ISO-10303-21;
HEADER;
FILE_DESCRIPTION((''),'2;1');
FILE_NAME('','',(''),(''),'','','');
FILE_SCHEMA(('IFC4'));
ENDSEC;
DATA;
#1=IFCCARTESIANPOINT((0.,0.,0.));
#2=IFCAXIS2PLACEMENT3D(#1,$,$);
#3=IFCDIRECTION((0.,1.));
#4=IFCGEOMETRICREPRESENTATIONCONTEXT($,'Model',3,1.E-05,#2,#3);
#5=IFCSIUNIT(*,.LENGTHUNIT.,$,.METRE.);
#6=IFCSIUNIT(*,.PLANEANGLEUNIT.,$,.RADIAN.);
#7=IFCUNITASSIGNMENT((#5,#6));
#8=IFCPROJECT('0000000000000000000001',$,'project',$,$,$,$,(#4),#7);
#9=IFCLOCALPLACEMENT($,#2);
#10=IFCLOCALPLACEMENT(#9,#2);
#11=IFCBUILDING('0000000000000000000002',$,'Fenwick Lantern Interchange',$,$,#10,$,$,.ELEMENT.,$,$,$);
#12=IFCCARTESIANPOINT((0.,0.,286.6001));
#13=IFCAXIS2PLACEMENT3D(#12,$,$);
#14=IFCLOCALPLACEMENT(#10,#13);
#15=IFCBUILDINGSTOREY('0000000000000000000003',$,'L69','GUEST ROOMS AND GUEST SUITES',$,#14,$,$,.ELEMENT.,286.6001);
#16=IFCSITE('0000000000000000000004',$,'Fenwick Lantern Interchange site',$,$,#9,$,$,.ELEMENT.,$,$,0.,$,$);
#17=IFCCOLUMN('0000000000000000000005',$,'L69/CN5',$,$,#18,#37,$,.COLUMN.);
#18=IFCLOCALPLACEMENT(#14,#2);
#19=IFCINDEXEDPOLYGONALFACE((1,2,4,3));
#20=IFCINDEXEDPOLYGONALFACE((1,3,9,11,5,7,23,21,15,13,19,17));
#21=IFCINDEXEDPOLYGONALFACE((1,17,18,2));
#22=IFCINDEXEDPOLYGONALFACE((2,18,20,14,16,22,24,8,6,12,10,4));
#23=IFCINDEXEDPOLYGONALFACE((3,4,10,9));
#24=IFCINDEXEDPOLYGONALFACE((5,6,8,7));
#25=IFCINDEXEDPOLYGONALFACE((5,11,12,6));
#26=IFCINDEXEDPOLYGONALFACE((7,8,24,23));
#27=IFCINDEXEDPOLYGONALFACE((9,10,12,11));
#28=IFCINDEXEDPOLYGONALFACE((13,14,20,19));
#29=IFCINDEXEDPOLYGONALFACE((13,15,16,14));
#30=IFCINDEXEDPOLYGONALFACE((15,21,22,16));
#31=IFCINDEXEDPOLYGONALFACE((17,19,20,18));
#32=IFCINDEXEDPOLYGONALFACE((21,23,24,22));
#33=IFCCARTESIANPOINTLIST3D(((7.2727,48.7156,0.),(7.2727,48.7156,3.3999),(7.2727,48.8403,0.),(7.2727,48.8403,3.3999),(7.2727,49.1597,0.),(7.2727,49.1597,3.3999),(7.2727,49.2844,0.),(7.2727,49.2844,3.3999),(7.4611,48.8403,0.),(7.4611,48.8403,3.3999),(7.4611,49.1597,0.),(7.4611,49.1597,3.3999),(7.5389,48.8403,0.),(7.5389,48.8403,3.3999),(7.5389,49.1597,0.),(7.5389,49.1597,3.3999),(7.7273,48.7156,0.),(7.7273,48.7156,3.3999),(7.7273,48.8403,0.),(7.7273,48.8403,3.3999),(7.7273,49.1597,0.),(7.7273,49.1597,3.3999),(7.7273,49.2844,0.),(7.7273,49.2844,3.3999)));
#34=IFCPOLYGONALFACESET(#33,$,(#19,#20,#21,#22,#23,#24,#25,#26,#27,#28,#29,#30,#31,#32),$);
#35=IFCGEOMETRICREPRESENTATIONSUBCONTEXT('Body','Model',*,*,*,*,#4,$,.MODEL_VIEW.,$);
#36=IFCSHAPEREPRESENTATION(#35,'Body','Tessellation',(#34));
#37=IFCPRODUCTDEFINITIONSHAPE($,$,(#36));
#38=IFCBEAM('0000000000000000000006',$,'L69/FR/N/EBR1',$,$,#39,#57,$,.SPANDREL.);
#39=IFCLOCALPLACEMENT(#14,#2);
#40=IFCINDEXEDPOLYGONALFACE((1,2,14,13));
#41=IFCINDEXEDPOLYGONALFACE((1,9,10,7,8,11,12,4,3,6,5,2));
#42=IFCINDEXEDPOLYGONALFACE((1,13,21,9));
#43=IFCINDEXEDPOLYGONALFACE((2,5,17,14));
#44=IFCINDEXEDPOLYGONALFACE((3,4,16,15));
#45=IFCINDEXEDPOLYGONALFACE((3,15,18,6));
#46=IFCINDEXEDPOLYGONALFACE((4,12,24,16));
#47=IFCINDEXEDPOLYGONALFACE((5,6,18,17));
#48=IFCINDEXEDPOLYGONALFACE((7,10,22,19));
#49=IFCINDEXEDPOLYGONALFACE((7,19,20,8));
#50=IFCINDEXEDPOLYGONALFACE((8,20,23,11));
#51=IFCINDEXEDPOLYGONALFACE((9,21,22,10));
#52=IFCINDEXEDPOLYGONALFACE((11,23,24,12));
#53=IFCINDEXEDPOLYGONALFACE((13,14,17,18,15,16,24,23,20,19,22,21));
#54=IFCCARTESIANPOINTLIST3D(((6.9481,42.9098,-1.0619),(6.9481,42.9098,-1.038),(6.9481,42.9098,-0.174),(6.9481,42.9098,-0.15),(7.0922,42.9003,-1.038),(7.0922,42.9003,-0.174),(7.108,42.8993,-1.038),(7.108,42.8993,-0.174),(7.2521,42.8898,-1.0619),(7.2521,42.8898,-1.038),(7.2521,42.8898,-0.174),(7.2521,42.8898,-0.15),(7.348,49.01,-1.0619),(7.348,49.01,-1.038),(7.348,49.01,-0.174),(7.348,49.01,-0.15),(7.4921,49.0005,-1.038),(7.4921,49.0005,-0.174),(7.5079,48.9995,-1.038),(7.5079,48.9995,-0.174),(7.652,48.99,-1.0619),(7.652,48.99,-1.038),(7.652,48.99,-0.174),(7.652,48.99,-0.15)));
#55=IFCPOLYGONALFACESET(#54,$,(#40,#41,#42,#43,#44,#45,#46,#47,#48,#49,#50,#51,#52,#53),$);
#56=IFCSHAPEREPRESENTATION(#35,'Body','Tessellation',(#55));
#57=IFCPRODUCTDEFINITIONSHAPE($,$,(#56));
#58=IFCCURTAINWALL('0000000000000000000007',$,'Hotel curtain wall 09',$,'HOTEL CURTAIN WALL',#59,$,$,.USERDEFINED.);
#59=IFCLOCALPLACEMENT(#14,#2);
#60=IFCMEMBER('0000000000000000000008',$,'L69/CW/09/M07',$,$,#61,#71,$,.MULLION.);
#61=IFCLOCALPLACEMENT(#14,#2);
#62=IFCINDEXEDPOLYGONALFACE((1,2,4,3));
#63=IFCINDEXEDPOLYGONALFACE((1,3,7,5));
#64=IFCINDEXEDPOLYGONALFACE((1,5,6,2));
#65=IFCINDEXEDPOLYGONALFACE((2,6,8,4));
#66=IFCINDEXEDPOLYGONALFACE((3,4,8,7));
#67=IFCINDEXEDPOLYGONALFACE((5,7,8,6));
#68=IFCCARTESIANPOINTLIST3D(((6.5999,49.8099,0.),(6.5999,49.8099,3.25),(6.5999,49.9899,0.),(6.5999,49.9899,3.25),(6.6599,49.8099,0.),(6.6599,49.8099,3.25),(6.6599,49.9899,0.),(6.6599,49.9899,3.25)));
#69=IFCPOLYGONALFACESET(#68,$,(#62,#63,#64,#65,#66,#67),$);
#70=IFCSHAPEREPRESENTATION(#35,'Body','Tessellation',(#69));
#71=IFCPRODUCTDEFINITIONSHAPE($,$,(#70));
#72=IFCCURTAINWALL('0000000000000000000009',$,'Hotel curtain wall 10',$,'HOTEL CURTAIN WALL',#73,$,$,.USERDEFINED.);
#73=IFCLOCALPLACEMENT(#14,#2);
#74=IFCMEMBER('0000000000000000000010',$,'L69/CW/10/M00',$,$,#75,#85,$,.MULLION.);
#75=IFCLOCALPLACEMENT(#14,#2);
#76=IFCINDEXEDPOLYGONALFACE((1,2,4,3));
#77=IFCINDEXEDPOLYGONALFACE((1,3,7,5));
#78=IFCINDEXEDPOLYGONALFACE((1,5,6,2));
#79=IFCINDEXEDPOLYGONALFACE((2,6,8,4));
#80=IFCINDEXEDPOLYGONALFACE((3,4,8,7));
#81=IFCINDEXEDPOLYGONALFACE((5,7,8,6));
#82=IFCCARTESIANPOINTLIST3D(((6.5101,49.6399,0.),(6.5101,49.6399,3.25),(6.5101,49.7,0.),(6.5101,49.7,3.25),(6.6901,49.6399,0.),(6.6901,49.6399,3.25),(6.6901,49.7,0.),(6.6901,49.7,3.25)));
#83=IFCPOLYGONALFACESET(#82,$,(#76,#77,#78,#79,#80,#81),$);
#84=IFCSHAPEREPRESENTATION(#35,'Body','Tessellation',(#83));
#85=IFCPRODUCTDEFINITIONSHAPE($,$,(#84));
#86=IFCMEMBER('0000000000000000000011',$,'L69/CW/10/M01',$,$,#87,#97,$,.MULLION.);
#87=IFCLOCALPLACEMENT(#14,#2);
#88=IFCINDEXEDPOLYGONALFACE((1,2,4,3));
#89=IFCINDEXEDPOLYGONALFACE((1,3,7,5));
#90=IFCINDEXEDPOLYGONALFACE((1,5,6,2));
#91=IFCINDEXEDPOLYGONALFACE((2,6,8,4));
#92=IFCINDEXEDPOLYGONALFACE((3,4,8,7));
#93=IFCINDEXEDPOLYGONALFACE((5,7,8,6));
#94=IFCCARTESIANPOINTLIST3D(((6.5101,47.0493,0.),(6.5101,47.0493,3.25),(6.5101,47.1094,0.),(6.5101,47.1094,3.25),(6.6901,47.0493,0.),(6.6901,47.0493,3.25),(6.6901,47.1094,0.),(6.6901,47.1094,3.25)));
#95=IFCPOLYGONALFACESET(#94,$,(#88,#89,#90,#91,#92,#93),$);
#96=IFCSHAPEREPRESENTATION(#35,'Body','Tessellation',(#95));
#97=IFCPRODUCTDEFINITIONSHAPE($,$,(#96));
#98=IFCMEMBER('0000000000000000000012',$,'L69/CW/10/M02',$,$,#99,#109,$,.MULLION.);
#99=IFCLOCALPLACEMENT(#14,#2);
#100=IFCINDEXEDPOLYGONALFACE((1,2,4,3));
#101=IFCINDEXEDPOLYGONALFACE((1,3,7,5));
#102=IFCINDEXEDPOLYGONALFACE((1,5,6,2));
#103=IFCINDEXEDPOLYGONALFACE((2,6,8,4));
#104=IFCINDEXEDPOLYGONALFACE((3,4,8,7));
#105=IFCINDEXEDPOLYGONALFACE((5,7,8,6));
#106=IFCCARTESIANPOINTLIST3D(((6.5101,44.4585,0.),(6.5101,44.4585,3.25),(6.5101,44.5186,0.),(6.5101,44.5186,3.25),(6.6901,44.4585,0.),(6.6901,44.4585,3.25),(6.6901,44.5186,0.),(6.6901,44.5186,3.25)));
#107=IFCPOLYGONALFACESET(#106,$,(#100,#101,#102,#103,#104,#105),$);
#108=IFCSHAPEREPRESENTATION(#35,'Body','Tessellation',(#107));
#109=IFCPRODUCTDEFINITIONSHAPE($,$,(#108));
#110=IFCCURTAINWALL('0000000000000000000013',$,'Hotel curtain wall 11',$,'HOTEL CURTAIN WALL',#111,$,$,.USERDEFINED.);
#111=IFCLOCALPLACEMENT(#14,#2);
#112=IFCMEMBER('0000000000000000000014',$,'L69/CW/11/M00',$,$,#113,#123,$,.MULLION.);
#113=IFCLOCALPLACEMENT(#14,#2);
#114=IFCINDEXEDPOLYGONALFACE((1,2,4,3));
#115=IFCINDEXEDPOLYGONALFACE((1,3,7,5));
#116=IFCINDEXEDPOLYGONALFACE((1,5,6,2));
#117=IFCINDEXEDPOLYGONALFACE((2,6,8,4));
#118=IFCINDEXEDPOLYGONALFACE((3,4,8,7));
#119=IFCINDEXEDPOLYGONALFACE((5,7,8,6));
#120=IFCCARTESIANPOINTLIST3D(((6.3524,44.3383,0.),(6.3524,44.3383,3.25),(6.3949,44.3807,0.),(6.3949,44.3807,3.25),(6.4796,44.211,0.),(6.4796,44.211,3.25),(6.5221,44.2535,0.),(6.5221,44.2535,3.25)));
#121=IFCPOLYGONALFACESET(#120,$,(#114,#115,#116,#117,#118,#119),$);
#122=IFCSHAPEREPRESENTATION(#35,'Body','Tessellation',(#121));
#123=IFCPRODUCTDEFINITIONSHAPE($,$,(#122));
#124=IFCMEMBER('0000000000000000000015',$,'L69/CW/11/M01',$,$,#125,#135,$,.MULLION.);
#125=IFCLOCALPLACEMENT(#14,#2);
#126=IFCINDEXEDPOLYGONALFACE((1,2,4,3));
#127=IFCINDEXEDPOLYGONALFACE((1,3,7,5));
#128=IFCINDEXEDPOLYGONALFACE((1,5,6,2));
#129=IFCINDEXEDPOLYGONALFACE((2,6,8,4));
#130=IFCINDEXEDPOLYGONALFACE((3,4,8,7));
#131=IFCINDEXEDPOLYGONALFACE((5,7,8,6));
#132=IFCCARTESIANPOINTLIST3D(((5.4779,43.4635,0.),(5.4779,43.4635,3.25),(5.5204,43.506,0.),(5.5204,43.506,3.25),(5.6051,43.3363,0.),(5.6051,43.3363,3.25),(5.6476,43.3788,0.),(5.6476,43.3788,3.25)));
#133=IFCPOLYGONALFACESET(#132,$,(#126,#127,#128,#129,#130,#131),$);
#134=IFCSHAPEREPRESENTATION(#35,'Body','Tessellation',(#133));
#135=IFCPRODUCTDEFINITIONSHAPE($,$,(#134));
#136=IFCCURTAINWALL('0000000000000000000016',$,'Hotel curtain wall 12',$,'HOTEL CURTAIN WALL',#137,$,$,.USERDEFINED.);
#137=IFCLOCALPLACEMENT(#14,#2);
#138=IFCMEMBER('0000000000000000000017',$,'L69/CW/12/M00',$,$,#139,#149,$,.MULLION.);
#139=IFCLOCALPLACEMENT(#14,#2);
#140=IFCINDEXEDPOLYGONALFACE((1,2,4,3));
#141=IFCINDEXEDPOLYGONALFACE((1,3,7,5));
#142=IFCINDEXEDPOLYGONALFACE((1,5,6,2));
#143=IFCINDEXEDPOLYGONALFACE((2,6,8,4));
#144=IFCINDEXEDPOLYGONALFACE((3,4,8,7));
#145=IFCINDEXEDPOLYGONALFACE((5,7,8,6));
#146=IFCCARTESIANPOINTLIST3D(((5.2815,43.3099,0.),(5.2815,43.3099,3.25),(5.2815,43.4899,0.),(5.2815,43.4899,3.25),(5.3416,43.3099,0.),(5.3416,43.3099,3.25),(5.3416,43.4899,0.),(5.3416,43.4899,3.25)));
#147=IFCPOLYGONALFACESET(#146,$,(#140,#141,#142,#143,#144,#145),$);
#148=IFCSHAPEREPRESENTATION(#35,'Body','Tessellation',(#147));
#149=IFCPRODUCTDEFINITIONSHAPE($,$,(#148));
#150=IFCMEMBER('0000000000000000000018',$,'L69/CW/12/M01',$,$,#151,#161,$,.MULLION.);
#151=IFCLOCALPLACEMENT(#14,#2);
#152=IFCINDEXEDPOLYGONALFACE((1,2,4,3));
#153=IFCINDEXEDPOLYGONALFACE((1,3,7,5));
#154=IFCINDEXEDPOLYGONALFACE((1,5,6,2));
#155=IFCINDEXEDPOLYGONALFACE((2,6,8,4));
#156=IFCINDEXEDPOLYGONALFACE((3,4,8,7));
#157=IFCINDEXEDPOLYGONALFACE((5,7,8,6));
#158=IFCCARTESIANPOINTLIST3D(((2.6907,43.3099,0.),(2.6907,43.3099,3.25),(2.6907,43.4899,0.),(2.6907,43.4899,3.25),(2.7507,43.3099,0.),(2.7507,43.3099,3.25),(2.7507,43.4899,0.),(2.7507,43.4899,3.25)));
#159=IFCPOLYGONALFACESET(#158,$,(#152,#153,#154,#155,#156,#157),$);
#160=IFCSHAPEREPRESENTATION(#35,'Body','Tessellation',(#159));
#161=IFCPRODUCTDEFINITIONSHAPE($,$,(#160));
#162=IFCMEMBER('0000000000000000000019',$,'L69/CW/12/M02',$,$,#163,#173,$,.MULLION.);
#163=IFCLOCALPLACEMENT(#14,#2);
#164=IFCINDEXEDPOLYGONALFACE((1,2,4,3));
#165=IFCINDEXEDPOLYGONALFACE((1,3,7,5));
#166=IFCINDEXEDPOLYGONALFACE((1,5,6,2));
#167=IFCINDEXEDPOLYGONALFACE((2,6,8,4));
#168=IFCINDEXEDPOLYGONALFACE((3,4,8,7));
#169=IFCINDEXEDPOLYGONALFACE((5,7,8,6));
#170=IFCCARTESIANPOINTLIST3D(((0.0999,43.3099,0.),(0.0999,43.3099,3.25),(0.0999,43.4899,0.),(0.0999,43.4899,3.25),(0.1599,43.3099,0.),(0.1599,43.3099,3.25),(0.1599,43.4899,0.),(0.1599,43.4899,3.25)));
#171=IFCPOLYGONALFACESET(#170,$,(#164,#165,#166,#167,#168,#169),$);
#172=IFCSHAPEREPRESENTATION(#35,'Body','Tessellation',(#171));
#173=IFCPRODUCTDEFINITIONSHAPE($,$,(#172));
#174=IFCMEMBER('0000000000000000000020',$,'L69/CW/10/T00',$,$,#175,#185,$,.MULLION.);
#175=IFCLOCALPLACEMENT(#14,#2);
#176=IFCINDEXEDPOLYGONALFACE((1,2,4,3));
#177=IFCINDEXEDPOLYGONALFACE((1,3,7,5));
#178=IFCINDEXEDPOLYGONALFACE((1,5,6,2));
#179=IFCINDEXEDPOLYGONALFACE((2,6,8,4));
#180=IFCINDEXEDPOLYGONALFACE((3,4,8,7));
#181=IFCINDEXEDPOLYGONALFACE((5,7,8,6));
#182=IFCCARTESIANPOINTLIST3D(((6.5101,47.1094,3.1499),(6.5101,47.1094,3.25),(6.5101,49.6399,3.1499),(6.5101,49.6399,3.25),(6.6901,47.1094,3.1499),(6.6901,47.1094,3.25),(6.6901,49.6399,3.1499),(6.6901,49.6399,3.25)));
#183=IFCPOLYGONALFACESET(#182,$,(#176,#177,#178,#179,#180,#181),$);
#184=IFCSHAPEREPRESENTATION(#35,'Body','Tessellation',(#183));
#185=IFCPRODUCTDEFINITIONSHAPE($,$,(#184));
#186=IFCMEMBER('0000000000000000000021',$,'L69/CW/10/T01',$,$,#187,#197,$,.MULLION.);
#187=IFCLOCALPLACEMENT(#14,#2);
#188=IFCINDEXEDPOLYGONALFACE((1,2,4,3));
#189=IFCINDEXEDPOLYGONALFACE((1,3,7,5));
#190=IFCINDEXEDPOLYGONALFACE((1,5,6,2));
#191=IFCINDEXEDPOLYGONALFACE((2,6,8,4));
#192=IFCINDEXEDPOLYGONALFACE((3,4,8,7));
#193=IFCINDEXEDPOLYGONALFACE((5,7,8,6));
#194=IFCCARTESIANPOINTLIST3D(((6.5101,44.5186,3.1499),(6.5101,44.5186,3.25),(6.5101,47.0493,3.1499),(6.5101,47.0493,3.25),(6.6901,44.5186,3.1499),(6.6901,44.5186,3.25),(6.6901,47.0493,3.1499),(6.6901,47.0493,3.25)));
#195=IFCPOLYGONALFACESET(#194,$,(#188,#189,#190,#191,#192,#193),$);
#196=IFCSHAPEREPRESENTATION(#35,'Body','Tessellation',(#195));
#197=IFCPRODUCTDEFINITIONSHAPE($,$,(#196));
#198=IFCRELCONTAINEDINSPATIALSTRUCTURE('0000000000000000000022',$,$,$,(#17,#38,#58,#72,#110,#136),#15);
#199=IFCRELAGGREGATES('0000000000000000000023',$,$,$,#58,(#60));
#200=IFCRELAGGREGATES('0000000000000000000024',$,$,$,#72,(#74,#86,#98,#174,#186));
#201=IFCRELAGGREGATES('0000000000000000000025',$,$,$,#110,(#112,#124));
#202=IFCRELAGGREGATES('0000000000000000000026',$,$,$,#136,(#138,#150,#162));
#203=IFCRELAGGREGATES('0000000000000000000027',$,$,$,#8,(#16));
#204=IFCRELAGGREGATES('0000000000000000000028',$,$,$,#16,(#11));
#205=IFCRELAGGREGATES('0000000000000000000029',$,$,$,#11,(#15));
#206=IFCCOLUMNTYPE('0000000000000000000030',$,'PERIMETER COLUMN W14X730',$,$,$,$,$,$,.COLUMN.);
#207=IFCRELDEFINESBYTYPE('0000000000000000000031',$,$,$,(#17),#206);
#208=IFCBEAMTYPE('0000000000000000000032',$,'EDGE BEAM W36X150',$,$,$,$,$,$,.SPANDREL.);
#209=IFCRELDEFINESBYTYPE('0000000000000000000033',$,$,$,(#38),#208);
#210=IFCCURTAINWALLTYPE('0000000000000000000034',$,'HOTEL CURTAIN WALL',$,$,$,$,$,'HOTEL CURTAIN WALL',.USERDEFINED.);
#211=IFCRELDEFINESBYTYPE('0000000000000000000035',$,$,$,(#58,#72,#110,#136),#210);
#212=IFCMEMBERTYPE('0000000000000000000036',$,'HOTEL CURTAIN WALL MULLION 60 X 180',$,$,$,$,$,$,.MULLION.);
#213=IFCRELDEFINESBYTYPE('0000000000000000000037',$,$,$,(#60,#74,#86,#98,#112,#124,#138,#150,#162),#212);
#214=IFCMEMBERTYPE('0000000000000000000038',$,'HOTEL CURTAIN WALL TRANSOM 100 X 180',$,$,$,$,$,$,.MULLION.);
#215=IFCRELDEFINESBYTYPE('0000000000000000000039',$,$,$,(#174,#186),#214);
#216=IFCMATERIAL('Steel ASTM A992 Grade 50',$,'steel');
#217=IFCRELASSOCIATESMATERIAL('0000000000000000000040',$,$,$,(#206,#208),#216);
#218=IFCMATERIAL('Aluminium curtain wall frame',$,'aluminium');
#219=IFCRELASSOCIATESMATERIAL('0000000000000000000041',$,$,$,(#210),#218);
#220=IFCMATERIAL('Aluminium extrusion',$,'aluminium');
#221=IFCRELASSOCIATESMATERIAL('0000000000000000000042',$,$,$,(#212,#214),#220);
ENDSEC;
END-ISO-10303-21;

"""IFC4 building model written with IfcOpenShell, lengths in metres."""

from ifc_helpers import new_model, si_unit, direction, frame, origin, origin_2d, place, context, subcontext, project, spatial, rectangle, i_section, extrude, material, material_profile, profile_set, type_object, element, aggregate, save


model = new_model("IFC4")

# Units and contexts
model_context = context("Model", 3, precision=1e-05, world=origin(), true_north=direction((0.0, 1.0)))
body_context = subcontext(model_context, "Body", "Model", "MODEL_VIEW")
ifc_project = project(units=[si_unit("LENGTHUNIT", "METRE"), si_unit("PLANEANGLEUNIT", "RADIAN")], contexts=[model_context])

# Site, building, storey
site_placement = place(None, origin())
site = spatial("IfcSite", under=ifc_project, at=site_placement, Name="Fenwick Lantern Interchange site", CompositionType="ELEMENT", RefElevation=0.0)
building_placement = place(site_placement, origin())
building = spatial("IfcBuilding", under=site, at=building_placement, Name="Fenwick Lantern Interchange", CompositionType="ELEMENT")
storey_placement = place(building_placement, frame((0.0, 0.0, 286.6001)))
storey = spatial("IfcBuildingStorey", under=building, at=storey_placement, Name="L69", Description="GUEST ROOMS AND GUEST SUITES", CompositionType="ELEMENT", Elevation=286.6001)

# Column
ifc_material_1 = material(Name="Steel ASTM A992 Grade 50", Category="steel")
ifc_material_profile_1 = material_profile(ifc_material_1, i_section(OverallWidth=0.4546, OverallDepth=0.5688, WebThickness=0.0779, FlangeThickness=0.1248, at=origin_2d()), Name="W14X730")
ifc_profile_set_1 = profile_set([ifc_material_profile_1], Name="Steel ASTM A992 Grade 50")
column_type = type_object("IfcColumnType", Name="PERIMETER COLUMN W14X730", PredefinedType="COLUMN", material=ifc_profile_set_1)
column_placement = place(storey_placement, frame((7.5, 49.0, 0.0), z_axis=(0.0, 0.0, 1.0), x_axis=(1.0, 0.0, 0.0)))
element("IfcColumn", 1, at=column_placement, inside=storey, type_object=column_type, Name="L69/CN5", PredefinedType="COLUMN", context=body_context, shape_type="SweptSolid", body=[
    extrude(i_section(OverallWidth=0.4546, OverallDepth=0.5688, WebThickness=0.0779, FlangeThickness=0.1248, at=origin_2d()), origin(), (0.0, 0.0, 1.0), 3.3999),
])

# Beam
ifc_material_profile_2 = material_profile(ifc_material_1, i_section(OverallWidth=0.3047, OverallDepth=0.9119, WebThickness=0.0159, FlangeThickness=0.0239, at=origin_2d()), Name="W36X150")
ifc_profile_set_2 = profile_set([ifc_material_profile_2], Name="Steel ASTM A992 Grade 50")
beam_type = type_object("IfcBeamType", Name="EDGE BEAM W36X150", PredefinedType="SPANDREL", material=ifc_profile_set_2)
beam_placement = place(storey_placement, frame((7.5, 49.0, -0.606), z_axis=(-0.065416, -0.997858, 0.0), x_axis=(0.997858, -0.065416, 0.0)))
element("IfcBeam", 2, at=beam_placement, inside=storey, type_object=beam_type, Name="L69/FR/N/EBR1", PredefinedType="SPANDREL", context=body_context, shape_type="SweptSolid", body=[
    extrude(i_section(OverallWidth=0.3047, OverallDepth=0.9119, WebThickness=0.0159, FlangeThickness=0.0239, at=origin_2d()), origin(), (0.0, 0.0, 1.0), 6.1133),
])

# Curtain wall, member
ifc_material_2 = material(Name="Aluminium curtain wall frame", Category="aluminium")
curtain_wall_type = type_object("IfcCurtainWallType", Name="HOTEL CURTAIN WALL", ElementType="HOTEL CURTAIN WALL", PredefinedType="USERDEFINED", material=ifc_material_2)
curtain_wall_1_placement = place(storey_placement, origin())
curtain_wall_1 = element("IfcCurtainWall", 3, at=curtain_wall_1_placement, inside=storey, type_object=curtain_wall_type, Name="Hotel curtain wall 09", ObjectType="HOTEL CURTAIN WALL", PredefinedType="USERDEFINED")
ifc_material_3 = material(Name="Aluminium extrusion", Category="aluminium")
ifc_material_profile_3 = material_profile(ifc_material_3, rectangle(XDim=0.1799, YDim=0.0601, at=origin_2d()), Name="HOTEL CURTAIN WALL MULLION 60 X 180")
ifc_profile_set_3 = profile_set([ifc_material_profile_3], Name="Aluminium extrusion")
member_type_1 = type_object("IfcMemberType", Name="HOTEL CURTAIN WALL MULLION 60 X 180", PredefinedType="MULLION", material=ifc_profile_set_3)
member_1_placement = place(storey_placement, frame((6.6299, 49.8999, 0.0), z_axis=(0.0, 0.0, 1.0), x_axis=(0.0, -1.0, 0.0)))
member_1 = element("IfcMember", 4, at=member_1_placement, type_object=member_type_1, Name="L69/CW/09/M07", PredefinedType="MULLION", context=body_context, shape_type="SweptSolid", body=[
    extrude(rectangle(XDim=0.1799, YDim=0.0601, at=origin_2d()), origin(), (0.0, 0.0, 1.0), 3.25),
])
aggregate(curtain_wall_1, [member_1])

# Curtain walls, members
curtain_wall_2_placement = place(storey_placement, origin())
curtain_wall_2 = element("IfcCurtainWall", 5, at=curtain_wall_2_placement, inside=storey, type_object=curtain_wall_type, Name="Hotel curtain wall 10", ObjectType="HOTEL CURTAIN WALL", PredefinedType="USERDEFINED")
member_2_placement = place(storey_placement, frame((6.6001, 49.6699, 0.0), z_axis=(0.0, 0.0, 1.0), x_axis=(1.0, 0.0, 0.0)))
member_2 = element("IfcMember", 6, at=member_2_placement, type_object=member_type_1, Name="L69/CW/10/M00", PredefinedType="MULLION", context=body_context, shape_type="SweptSolid", body=[
    extrude(rectangle(XDim=0.1799, YDim=0.0601, at=origin_2d()), origin(), (0.0, 0.0, 1.0), 3.25),
])
member_3_placement = place(storey_placement, frame((6.6001, 47.0793, 0.0), z_axis=(0.0, 0.0, 1.0), x_axis=(1.0, 0.0, 0.0)))
member_3 = element("IfcMember", 7, at=member_3_placement, type_object=member_type_1, Name="L69/CW/10/M01", PredefinedType="MULLION", context=body_context, shape_type="SweptSolid", body=[
    extrude(rectangle(XDim=0.1799, YDim=0.0601, at=origin_2d()), origin(), (0.0, 0.0, 1.0), 3.25),
])
member_4_placement = place(storey_placement, frame((6.6001, 44.4885, 0.0), z_axis=(0.0, 0.0, 1.0), x_axis=(1.0, 0.0, 0.0)))
member_4 = element("IfcMember", 8, at=member_4_placement, type_object=member_type_1, Name="L69/CW/10/M02", PredefinedType="MULLION", context=body_context, shape_type="SweptSolid", body=[
    extrude(rectangle(XDim=0.1799, YDim=0.0601, at=origin_2d()), origin(), (0.0, 0.0, 1.0), 3.25),
])
curtain_wall_3_placement = place(storey_placement, origin())
curtain_wall_3 = element("IfcCurtainWall", 9, at=curtain_wall_3_placement, inside=storey, type_object=curtain_wall_type, Name="Hotel curtain wall 11", ObjectType="HOTEL CURTAIN WALL", PredefinedType="USERDEFINED")
member_5_placement = place(storey_placement, frame((6.4373, 44.2959, 0.0), z_axis=(0.0, 0.0, 1.0), x_axis=(0.707107, -0.707107, 0.0)))
member_5 = element("IfcMember", 10, at=member_5_placement, type_object=member_type_1, Name="L69/CW/11/M00", PredefinedType="MULLION", context=body_context, shape_type="SweptSolid", body=[
    extrude(rectangle(XDim=0.1799, YDim=0.0601, at=origin_2d()), origin(), (0.0, 0.0, 1.0), 3.25),
])
member_6_placement = place(storey_placement, frame((5.5627, 43.4211, 0.0), z_axis=(0.0, 0.0, 1.0), x_axis=(0.707107, -0.707107, 0.0)))
member_6 = element("IfcMember", 11, at=member_6_placement, type_object=member_type_1, Name="L69/CW/11/M01", PredefinedType="MULLION", context=body_context, shape_type="SweptSolid", body=[
    extrude(rectangle(XDim=0.1799, YDim=0.0601, at=origin_2d()), origin(), (0.0, 0.0, 1.0), 3.25),
])
curtain_wall_4_placement = place(storey_placement, origin())
curtain_wall_4 = element("IfcCurtainWall", 12, at=curtain_wall_4_placement, inside=storey, type_object=curtain_wall_type, Name="Hotel curtain wall 12", ObjectType="HOTEL CURTAIN WALL", PredefinedType="USERDEFINED")
member_7_placement = place(storey_placement, frame((5.3115, 43.3999, 0.0), z_axis=(0.0, 0.0, 1.0), x_axis=(0.0, -1.0, 0.0)))
member_7 = element("IfcMember", 13, at=member_7_placement, type_object=member_type_1, Name="L69/CW/12/M00", PredefinedType="MULLION", context=body_context, shape_type="SweptSolid", body=[
    extrude(rectangle(XDim=0.1799, YDim=0.0601, at=origin_2d()), origin(), (0.0, 0.0, 1.0), 3.25),
])
member_8_placement = place(storey_placement, frame((2.7207, 43.3999, 0.0), z_axis=(0.0, 0.0, 1.0), x_axis=(0.0, -1.0, 0.0)))
member_8 = element("IfcMember", 14, at=member_8_placement, type_object=member_type_1, Name="L69/CW/12/M01", PredefinedType="MULLION", context=body_context, shape_type="SweptSolid", body=[
    extrude(rectangle(XDim=0.1799, YDim=0.0601, at=origin_2d()), origin(), (0.0, 0.0, 1.0), 3.25),
])
member_9_placement = place(storey_placement, frame((0.1299, 43.3999, 0.0), z_axis=(0.0, 0.0, 1.0), x_axis=(0.0, -1.0, 0.0)))
member_9 = element("IfcMember", 15, at=member_9_placement, type_object=member_type_1, Name="L69/CW/12/M02", PredefinedType="MULLION", context=body_context, shape_type="SweptSolid", body=[
    extrude(rectangle(XDim=0.1799, YDim=0.0601, at=origin_2d()), origin(), (0.0, 0.0, 1.0), 3.25),
])

# Members
ifc_material_profile_4 = material_profile(ifc_material_3, rectangle(XDim=0.1799, YDim=0.1001, at=origin_2d()), Name="HOTEL CURTAIN WALL TRANSOM 100 X 180")
ifc_profile_set_4 = profile_set([ifc_material_profile_4], Name="Aluminium extrusion")
member_type_2 = type_object("IfcMemberType", Name="HOTEL CURTAIN WALL TRANSOM 100 X 180", PredefinedType="MULLION", material=ifc_profile_set_4)
member_10_placement = place(storey_placement, frame((6.6001, 49.6399, 3.2), z_axis=(0.0, -1.0, 0.0), x_axis=(1.0, 0.0, 0.0)))
member_10 = element("IfcMember", 16, at=member_10_placement, type_object=member_type_2, Name="L69/CW/10/T00", PredefinedType="MULLION", context=body_context, shape_type="SweptSolid", body=[
    extrude(rectangle(XDim=0.1799, YDim=0.1001, at=origin_2d()), origin(), (0.0, 0.0, 1.0), 2.5305),
])
member_11_placement = place(storey_placement, frame((6.6001, 47.0493, 3.2), z_axis=(0.0, -1.0, 0.0), x_axis=(1.0, 0.0, 0.0)))
member_11 = element("IfcMember", 17, at=member_11_placement, type_object=member_type_2, Name="L69/CW/10/T01", PredefinedType="MULLION", context=body_context, shape_type="SweptSolid", body=[
    extrude(rectangle(XDim=0.1799, YDim=0.1001, at=origin_2d()), origin(), (0.0, 0.0, 1.0), 2.5308),
])

aggregate(curtain_wall_2, [member_2, member_3, member_4, member_10, member_11])
aggregate(curtain_wall_3, [member_5, member_6])
aggregate(curtain_wall_4, [member_7, member_8, member_9])

save(model, "model.ifc")
